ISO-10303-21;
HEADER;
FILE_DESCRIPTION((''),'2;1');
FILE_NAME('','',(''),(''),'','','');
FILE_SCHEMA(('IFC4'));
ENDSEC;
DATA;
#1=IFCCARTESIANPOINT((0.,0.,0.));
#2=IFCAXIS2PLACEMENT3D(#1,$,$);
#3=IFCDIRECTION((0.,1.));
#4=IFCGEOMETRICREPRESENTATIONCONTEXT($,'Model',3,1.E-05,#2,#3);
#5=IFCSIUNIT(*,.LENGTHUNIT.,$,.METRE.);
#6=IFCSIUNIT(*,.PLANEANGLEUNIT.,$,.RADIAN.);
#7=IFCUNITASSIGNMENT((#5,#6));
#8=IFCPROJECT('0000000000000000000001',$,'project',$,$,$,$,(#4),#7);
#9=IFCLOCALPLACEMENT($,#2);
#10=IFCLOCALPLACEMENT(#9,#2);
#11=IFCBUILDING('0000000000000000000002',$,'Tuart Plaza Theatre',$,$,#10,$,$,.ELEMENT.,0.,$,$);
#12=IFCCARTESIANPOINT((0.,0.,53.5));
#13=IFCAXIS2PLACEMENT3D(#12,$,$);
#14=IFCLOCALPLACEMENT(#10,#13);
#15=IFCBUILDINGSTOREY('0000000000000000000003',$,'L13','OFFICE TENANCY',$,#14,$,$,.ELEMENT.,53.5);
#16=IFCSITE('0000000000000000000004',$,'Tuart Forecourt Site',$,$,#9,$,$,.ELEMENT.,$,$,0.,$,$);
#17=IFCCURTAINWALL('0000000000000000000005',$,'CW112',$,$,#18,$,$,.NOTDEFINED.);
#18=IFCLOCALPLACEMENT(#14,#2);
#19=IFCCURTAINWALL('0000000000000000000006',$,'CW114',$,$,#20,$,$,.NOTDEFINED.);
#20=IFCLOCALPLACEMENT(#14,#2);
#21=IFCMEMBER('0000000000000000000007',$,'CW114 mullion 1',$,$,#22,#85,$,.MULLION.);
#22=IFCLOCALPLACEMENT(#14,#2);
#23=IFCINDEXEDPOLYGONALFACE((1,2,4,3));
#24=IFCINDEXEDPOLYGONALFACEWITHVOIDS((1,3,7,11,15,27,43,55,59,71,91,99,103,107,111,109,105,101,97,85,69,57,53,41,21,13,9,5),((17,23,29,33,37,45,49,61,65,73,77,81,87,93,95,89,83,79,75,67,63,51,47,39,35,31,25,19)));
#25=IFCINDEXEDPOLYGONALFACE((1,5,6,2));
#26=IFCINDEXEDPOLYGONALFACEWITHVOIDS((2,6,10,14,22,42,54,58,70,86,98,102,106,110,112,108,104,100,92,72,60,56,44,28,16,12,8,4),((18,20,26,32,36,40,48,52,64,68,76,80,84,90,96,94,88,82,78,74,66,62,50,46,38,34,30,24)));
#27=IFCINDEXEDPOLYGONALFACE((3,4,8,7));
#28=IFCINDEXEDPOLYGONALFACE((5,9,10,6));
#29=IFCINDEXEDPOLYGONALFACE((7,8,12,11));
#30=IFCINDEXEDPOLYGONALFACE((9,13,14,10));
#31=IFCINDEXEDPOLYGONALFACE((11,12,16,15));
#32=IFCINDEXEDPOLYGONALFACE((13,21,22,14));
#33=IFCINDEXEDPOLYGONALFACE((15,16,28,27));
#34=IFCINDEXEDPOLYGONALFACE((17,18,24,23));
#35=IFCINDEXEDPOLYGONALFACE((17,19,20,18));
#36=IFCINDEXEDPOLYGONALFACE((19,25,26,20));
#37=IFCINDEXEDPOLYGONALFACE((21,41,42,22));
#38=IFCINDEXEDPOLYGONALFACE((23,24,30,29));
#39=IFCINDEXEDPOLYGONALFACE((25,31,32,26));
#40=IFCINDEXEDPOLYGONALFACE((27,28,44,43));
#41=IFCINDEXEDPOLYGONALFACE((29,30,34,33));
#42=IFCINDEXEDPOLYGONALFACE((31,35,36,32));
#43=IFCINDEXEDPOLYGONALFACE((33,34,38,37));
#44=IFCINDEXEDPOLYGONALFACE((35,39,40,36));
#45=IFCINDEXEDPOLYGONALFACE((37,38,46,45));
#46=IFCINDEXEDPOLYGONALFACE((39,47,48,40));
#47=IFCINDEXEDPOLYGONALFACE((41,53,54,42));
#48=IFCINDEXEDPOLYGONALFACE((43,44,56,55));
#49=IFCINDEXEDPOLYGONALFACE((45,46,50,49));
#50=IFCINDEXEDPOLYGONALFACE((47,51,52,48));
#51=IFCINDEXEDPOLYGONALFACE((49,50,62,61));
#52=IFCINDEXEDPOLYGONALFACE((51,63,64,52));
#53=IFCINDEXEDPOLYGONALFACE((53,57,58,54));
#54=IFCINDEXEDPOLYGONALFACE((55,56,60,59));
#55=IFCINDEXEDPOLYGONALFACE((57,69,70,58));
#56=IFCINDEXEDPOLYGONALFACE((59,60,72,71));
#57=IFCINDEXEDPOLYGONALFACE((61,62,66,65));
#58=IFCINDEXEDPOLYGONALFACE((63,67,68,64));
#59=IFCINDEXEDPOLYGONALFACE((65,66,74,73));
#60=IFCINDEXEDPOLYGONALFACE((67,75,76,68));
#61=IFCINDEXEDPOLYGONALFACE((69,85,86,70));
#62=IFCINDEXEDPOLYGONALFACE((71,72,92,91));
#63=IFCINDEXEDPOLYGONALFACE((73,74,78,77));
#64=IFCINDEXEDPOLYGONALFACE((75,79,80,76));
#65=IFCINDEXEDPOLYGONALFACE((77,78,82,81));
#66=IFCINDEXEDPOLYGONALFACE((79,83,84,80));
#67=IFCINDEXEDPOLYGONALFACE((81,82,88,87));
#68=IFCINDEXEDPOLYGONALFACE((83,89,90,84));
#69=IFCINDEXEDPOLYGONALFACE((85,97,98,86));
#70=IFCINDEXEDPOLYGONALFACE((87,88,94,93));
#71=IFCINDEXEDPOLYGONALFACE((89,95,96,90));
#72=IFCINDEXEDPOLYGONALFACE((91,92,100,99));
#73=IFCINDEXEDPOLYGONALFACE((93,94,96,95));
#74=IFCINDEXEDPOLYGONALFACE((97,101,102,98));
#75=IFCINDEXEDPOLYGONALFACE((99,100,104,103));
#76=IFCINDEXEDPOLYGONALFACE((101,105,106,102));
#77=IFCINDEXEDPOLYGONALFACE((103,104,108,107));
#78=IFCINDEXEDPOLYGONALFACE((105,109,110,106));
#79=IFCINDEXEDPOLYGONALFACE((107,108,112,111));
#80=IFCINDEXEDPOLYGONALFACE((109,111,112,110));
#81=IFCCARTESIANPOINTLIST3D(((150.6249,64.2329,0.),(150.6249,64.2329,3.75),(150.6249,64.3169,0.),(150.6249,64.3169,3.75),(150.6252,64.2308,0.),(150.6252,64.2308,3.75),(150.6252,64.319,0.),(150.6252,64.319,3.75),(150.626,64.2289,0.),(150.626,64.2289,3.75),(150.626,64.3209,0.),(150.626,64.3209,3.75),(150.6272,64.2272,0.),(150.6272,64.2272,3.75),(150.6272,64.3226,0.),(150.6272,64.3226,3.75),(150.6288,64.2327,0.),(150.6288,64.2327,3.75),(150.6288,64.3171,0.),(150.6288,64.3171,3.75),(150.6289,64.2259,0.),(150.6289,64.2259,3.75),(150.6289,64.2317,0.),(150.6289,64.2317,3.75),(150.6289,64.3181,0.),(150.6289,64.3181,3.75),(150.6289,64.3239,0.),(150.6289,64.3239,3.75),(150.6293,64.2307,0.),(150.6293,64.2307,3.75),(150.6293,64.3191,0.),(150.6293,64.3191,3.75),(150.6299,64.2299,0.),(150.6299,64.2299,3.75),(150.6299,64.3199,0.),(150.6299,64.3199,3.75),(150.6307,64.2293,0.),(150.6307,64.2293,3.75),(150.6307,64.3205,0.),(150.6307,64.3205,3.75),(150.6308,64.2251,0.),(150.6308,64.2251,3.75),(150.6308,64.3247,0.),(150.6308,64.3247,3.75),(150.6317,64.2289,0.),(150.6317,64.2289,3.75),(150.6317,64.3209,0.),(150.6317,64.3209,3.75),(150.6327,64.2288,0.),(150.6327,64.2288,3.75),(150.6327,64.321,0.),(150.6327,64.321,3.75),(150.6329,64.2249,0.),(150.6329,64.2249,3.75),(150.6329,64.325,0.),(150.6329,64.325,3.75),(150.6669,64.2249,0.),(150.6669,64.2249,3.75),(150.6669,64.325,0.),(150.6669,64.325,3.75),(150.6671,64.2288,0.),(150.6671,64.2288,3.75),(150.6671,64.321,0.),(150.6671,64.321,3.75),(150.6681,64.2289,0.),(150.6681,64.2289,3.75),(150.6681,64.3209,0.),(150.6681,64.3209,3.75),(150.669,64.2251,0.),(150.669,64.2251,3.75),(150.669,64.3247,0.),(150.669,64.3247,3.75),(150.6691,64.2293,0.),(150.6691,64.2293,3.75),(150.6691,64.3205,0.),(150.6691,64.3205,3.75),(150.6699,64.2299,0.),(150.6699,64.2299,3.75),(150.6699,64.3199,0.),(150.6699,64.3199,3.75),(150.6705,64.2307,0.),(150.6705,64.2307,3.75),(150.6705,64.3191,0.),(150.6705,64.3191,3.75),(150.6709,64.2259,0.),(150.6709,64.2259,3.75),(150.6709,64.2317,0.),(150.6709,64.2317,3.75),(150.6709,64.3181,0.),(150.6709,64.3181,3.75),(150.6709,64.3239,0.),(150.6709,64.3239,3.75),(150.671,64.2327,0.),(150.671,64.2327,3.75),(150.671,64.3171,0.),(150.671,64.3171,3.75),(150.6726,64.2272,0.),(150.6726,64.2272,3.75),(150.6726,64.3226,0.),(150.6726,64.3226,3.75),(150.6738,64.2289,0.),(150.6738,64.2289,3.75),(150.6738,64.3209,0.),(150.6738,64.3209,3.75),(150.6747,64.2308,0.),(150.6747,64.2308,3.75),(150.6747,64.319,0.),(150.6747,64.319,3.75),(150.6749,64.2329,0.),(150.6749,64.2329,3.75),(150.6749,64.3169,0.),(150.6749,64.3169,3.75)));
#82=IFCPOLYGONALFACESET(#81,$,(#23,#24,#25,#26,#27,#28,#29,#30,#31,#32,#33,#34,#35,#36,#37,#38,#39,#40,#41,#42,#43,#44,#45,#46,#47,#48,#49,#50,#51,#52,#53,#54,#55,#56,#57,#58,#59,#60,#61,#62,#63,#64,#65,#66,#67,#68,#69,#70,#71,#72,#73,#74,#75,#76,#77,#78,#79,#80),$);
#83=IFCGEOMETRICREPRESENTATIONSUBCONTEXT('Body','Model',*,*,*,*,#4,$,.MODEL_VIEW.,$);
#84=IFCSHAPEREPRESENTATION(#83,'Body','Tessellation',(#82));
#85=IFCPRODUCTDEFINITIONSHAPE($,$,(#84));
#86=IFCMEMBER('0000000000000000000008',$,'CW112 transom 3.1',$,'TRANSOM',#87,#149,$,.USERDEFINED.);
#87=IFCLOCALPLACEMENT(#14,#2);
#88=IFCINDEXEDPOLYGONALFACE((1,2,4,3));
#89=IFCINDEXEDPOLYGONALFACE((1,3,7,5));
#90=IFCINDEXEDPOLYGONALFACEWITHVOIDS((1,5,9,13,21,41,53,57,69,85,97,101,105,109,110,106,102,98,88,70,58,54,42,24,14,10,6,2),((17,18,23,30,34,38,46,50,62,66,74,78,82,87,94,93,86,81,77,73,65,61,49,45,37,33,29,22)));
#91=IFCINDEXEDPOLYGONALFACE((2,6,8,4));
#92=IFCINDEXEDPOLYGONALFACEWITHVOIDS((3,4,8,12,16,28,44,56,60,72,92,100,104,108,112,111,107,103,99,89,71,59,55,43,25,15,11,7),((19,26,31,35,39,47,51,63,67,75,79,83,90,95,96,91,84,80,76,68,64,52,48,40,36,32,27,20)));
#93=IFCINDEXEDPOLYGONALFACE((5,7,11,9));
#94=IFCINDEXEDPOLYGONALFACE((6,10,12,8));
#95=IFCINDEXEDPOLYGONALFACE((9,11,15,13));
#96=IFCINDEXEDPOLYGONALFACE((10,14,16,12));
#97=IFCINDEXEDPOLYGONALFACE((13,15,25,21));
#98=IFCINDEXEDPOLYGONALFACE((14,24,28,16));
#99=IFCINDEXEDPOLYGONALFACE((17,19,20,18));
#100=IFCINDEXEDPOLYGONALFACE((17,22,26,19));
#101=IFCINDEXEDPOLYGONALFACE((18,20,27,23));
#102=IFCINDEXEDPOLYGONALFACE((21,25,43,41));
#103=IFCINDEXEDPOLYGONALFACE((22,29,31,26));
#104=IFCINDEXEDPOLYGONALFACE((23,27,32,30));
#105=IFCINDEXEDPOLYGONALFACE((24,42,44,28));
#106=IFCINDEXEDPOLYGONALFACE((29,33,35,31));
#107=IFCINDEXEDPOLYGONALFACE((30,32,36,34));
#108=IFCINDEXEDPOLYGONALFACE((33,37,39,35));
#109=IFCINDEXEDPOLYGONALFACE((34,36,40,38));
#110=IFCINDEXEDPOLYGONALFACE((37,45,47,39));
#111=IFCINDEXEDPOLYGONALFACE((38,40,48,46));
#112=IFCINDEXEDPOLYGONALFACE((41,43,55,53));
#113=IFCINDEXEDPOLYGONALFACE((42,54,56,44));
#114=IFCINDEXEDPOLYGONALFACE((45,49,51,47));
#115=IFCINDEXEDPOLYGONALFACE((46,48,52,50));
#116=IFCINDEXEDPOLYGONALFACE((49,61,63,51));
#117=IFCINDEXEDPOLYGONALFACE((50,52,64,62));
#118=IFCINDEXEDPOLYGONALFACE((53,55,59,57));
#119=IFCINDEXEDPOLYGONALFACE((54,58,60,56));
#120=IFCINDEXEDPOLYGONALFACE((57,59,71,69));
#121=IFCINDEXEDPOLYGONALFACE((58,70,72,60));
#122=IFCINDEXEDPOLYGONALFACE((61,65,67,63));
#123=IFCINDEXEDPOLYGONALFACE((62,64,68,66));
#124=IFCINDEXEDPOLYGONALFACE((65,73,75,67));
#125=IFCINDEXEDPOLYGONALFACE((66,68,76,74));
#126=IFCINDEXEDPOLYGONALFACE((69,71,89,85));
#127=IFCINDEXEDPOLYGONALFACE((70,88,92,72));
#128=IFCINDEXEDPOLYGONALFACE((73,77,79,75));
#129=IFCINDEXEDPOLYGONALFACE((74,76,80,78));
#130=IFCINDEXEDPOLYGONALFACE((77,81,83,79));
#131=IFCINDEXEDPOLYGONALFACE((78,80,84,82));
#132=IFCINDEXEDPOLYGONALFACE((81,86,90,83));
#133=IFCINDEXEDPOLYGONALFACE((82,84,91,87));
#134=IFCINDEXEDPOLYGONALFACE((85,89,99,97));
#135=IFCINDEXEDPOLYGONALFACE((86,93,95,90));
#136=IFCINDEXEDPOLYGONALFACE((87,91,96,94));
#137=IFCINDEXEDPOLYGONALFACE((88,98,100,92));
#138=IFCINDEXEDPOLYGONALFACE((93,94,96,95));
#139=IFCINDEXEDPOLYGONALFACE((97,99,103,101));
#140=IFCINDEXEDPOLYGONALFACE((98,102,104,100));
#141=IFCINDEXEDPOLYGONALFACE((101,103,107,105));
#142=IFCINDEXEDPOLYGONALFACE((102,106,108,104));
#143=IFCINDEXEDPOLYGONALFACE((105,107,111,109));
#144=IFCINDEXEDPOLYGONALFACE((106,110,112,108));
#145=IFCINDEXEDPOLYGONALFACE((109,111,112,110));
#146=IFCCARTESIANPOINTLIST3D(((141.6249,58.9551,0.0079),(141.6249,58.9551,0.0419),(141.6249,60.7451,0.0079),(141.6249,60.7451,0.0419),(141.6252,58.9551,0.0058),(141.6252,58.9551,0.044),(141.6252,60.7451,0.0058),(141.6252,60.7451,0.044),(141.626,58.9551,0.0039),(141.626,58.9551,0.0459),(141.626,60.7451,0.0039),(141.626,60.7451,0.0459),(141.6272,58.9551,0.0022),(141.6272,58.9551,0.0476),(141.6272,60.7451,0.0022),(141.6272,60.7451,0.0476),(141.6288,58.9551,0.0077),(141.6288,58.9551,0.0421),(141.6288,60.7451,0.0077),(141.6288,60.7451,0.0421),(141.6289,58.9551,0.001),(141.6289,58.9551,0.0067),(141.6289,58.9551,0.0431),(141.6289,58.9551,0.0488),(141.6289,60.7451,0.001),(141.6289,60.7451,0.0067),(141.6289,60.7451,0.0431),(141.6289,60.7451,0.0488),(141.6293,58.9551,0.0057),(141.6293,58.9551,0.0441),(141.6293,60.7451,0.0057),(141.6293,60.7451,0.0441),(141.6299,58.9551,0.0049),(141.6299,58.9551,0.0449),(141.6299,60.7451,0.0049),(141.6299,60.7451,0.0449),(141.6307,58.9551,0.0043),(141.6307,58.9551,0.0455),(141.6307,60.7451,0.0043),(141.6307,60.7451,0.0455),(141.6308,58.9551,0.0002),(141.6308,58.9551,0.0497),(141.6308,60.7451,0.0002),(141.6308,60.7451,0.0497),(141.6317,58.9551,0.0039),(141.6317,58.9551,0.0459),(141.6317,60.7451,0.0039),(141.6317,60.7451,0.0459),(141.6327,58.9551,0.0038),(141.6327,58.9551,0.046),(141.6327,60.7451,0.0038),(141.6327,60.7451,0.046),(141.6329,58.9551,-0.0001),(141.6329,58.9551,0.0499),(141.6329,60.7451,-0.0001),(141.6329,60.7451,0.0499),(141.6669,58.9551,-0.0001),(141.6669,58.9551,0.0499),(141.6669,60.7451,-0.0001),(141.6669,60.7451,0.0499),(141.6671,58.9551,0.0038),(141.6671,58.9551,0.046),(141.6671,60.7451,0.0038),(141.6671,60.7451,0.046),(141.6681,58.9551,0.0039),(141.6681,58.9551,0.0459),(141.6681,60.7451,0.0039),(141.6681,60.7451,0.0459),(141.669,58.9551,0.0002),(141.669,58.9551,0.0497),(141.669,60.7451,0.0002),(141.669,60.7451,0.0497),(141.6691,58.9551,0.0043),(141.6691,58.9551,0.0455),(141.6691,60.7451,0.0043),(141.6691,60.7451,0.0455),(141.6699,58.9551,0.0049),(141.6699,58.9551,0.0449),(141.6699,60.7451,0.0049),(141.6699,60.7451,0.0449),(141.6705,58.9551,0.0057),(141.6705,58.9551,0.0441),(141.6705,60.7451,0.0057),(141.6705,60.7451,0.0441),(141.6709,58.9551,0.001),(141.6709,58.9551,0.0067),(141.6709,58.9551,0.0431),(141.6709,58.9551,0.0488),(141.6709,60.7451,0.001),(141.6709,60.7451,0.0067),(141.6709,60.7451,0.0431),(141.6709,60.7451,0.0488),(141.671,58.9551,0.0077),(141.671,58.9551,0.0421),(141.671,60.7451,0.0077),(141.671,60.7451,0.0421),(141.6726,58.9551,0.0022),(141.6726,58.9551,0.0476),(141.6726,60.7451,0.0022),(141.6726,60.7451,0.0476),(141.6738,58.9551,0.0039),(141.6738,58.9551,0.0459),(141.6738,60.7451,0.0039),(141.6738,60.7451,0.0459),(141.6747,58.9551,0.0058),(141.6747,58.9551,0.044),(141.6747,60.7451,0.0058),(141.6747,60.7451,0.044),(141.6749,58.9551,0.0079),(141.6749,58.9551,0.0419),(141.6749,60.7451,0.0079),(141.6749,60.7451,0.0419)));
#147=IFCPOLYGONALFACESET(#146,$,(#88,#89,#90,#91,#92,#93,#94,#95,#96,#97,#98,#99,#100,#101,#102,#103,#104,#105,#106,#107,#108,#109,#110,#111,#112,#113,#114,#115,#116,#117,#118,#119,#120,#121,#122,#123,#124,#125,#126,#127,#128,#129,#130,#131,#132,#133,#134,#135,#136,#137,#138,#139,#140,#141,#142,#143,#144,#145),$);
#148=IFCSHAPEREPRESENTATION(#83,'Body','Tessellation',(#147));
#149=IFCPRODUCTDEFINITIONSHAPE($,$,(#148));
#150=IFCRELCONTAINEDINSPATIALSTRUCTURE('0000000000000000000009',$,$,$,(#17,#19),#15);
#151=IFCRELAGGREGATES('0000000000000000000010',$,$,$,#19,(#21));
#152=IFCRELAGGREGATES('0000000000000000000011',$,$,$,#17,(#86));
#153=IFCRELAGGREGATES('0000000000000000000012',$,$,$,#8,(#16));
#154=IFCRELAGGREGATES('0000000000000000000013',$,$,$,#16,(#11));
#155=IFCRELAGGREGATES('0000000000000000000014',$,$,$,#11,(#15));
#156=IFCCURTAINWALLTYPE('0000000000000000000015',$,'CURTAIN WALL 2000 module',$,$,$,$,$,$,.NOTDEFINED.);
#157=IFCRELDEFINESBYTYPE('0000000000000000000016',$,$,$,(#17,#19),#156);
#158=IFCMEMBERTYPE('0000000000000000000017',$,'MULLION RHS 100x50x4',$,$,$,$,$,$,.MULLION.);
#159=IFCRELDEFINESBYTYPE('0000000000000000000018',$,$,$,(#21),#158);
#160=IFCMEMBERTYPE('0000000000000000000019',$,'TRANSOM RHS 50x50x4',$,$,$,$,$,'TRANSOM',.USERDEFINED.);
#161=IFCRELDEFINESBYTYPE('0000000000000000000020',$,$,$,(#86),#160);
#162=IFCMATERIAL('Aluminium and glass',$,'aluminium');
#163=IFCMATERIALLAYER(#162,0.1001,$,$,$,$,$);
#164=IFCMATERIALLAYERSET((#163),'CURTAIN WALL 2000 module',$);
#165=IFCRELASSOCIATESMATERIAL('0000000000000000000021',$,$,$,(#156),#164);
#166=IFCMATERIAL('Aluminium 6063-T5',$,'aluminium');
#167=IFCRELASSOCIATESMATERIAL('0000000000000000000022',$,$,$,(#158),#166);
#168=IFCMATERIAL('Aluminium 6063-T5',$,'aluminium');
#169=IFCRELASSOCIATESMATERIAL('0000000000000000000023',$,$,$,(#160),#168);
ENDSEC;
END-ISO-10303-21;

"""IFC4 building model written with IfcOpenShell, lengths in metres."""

from ifc_helpers import new_model, si_unit, direction, frame, origin, origin_2d, place, context, subcontext, project, spatial, hollow_rectangle, extrude, material, layer, layer_set, material_profile, profile_set, type_object, element, aggregate, save


model = new_model("IFC4")

# Units and contexts
model_context = context("Model", 3, precision=1e-05, world=origin(), true_north=direction((0.0, 1.0)))
body_context = subcontext(model_context, "Body", "Model", "MODEL_VIEW")
ifc_project = project(units=[si_unit("LENGTHUNIT", "METRE"), si_unit("PLANEANGLEUNIT", "RADIAN")], contexts=[model_context])

# Site, building, storey
site_placement = place(None, origin())
site = spatial("IfcSite", under=ifc_project, at=site_placement, Name="Tuart Forecourt Site", CompositionType="ELEMENT", RefElevation=0.0)
building_placement = place(site_placement, origin())
building = spatial("IfcBuilding", under=site, at=building_placement, Name="Tuart Plaza Theatre", CompositionType="ELEMENT", ElevationOfRefHeight=0.0)
storey_placement = place(building_placement, frame((0.0, 0.0, 53.5)))
storey = spatial("IfcBuildingStorey", under=building, at=storey_placement, Name="L13", Description="OFFICE TENANCY", CompositionType="ELEMENT", Elevation=53.5)

# Curtain wall
ifc_material_1 = material(Name="Aluminium and glass", Category="aluminium")
ifc_layer_1 = layer(ifc_material_1, 0.1001)
ifc_layer_set_1 = layer_set([ifc_layer_1], Name="CURTAIN WALL 2000 module")
curtain_wall_type = type_object("IfcCurtainWallType", Name="CURTAIN WALL 2000 module", PredefinedType="NOTDEFINED", material=ifc_layer_set_1)
curtain_wall_1_placement = place(storey_placement, origin())
curtain_wall_1 = element("IfcCurtainWall", 1, at=curtain_wall_1_placement, inside=storey, type_object=curtain_wall_type, Name="CW112", PredefinedType="NOTDEFINED")
ifc_material_2 = material(Name="Aluminium 6063-T5", Category="aluminium")
ifc_material_profile_1 = material_profile(ifc_material_2, hollow_rectangle(XDim=0.05, YDim=0.1001, WallThickness=0.0039, InnerFilletRadius=0.0039, OuterFilletRadius=0.0081, at=origin_2d()), Name="RHS 100x50x4")
ifc_profile_set_1 = profile_set([ifc_material_profile_1], Name="Aluminium 6063-T5")
member_type_1 = type_object("IfcMemberType", Name="MULLION RHS 100x50x4", PredefinedType="MULLION", material=ifc_profile_set_1)

# Curtain wall, member
curtain_wall_2_placement = place(storey_placement, origin())
curtain_wall_2 = element("IfcCurtainWall", 2, at=curtain_wall_2_placement, inside=storey, type_object=curtain_wall_type, Name="CW114", PredefinedType="NOTDEFINED")
member_1_placement = place(storey_placement, frame((150.6499, 64.2749, 0.0), z_axis=(0.0, 0.0, 1.0), x_axis=(-1.0, 0.0, 0.0)))
member_1 = element("IfcMember", 3, at=member_1_placement, type_object=member_type_1, Name="CW114 mullion 1", PredefinedType="MULLION", context=body_context, shape_type="SweptSolid", body=[
    extrude(hollow_rectangle(XDim=0.05, YDim=0.1001, WallThickness=0.0039, InnerFilletRadius=0.0039, OuterFilletRadius=0.0081, at=origin_2d()), origin(), (0.0, 0.0, 1.0), 3.75),
])

# Member
ifc_material_3 = material(Name="Aluminium 6063-T5", Category="aluminium")
ifc_material_profile_2 = material_profile(ifc_material_3, hollow_rectangle(XDim=0.05, YDim=0.05, WallThickness=0.0039, InnerFilletRadius=0.0039, OuterFilletRadius=0.0081, at=origin_2d()), Name="RHS 50x50x4")
ifc_profile_set_2 = profile_set([ifc_material_profile_2], Name="Aluminium 6063-T5")
member_type_2 = type_object("IfcMemberType", Name="TRANSOM RHS 50x50x4", ElementType="TRANSOM", PredefinedType="USERDEFINED", material=ifc_profile_set_2)
member_2_placement = place(storey_placement, frame((141.6499, 58.9551, 0.0249), z_axis=(0.0, 1.0, 0.0), x_axis=(-1.0, 0.0, 0.0)))
member_2 = element("IfcMember", 4, at=member_2_placement, type_object=member_type_2, Name="CW112 transom 3.1", ObjectType="TRANSOM", PredefinedType="USERDEFINED", context=body_context, shape_type="SweptSolid", body=[
    extrude(hollow_rectangle(XDim=0.05, YDim=0.05, WallThickness=0.0039, InnerFilletRadius=0.0039, OuterFilletRadius=0.0081, at=origin_2d()), origin(), (0.0, 0.0, 1.0), 1.79),
])
aggregate(curtain_wall_2, [member_1])

aggregate(curtain_wall_1, [member_2])

save(model, "model.ifc")
